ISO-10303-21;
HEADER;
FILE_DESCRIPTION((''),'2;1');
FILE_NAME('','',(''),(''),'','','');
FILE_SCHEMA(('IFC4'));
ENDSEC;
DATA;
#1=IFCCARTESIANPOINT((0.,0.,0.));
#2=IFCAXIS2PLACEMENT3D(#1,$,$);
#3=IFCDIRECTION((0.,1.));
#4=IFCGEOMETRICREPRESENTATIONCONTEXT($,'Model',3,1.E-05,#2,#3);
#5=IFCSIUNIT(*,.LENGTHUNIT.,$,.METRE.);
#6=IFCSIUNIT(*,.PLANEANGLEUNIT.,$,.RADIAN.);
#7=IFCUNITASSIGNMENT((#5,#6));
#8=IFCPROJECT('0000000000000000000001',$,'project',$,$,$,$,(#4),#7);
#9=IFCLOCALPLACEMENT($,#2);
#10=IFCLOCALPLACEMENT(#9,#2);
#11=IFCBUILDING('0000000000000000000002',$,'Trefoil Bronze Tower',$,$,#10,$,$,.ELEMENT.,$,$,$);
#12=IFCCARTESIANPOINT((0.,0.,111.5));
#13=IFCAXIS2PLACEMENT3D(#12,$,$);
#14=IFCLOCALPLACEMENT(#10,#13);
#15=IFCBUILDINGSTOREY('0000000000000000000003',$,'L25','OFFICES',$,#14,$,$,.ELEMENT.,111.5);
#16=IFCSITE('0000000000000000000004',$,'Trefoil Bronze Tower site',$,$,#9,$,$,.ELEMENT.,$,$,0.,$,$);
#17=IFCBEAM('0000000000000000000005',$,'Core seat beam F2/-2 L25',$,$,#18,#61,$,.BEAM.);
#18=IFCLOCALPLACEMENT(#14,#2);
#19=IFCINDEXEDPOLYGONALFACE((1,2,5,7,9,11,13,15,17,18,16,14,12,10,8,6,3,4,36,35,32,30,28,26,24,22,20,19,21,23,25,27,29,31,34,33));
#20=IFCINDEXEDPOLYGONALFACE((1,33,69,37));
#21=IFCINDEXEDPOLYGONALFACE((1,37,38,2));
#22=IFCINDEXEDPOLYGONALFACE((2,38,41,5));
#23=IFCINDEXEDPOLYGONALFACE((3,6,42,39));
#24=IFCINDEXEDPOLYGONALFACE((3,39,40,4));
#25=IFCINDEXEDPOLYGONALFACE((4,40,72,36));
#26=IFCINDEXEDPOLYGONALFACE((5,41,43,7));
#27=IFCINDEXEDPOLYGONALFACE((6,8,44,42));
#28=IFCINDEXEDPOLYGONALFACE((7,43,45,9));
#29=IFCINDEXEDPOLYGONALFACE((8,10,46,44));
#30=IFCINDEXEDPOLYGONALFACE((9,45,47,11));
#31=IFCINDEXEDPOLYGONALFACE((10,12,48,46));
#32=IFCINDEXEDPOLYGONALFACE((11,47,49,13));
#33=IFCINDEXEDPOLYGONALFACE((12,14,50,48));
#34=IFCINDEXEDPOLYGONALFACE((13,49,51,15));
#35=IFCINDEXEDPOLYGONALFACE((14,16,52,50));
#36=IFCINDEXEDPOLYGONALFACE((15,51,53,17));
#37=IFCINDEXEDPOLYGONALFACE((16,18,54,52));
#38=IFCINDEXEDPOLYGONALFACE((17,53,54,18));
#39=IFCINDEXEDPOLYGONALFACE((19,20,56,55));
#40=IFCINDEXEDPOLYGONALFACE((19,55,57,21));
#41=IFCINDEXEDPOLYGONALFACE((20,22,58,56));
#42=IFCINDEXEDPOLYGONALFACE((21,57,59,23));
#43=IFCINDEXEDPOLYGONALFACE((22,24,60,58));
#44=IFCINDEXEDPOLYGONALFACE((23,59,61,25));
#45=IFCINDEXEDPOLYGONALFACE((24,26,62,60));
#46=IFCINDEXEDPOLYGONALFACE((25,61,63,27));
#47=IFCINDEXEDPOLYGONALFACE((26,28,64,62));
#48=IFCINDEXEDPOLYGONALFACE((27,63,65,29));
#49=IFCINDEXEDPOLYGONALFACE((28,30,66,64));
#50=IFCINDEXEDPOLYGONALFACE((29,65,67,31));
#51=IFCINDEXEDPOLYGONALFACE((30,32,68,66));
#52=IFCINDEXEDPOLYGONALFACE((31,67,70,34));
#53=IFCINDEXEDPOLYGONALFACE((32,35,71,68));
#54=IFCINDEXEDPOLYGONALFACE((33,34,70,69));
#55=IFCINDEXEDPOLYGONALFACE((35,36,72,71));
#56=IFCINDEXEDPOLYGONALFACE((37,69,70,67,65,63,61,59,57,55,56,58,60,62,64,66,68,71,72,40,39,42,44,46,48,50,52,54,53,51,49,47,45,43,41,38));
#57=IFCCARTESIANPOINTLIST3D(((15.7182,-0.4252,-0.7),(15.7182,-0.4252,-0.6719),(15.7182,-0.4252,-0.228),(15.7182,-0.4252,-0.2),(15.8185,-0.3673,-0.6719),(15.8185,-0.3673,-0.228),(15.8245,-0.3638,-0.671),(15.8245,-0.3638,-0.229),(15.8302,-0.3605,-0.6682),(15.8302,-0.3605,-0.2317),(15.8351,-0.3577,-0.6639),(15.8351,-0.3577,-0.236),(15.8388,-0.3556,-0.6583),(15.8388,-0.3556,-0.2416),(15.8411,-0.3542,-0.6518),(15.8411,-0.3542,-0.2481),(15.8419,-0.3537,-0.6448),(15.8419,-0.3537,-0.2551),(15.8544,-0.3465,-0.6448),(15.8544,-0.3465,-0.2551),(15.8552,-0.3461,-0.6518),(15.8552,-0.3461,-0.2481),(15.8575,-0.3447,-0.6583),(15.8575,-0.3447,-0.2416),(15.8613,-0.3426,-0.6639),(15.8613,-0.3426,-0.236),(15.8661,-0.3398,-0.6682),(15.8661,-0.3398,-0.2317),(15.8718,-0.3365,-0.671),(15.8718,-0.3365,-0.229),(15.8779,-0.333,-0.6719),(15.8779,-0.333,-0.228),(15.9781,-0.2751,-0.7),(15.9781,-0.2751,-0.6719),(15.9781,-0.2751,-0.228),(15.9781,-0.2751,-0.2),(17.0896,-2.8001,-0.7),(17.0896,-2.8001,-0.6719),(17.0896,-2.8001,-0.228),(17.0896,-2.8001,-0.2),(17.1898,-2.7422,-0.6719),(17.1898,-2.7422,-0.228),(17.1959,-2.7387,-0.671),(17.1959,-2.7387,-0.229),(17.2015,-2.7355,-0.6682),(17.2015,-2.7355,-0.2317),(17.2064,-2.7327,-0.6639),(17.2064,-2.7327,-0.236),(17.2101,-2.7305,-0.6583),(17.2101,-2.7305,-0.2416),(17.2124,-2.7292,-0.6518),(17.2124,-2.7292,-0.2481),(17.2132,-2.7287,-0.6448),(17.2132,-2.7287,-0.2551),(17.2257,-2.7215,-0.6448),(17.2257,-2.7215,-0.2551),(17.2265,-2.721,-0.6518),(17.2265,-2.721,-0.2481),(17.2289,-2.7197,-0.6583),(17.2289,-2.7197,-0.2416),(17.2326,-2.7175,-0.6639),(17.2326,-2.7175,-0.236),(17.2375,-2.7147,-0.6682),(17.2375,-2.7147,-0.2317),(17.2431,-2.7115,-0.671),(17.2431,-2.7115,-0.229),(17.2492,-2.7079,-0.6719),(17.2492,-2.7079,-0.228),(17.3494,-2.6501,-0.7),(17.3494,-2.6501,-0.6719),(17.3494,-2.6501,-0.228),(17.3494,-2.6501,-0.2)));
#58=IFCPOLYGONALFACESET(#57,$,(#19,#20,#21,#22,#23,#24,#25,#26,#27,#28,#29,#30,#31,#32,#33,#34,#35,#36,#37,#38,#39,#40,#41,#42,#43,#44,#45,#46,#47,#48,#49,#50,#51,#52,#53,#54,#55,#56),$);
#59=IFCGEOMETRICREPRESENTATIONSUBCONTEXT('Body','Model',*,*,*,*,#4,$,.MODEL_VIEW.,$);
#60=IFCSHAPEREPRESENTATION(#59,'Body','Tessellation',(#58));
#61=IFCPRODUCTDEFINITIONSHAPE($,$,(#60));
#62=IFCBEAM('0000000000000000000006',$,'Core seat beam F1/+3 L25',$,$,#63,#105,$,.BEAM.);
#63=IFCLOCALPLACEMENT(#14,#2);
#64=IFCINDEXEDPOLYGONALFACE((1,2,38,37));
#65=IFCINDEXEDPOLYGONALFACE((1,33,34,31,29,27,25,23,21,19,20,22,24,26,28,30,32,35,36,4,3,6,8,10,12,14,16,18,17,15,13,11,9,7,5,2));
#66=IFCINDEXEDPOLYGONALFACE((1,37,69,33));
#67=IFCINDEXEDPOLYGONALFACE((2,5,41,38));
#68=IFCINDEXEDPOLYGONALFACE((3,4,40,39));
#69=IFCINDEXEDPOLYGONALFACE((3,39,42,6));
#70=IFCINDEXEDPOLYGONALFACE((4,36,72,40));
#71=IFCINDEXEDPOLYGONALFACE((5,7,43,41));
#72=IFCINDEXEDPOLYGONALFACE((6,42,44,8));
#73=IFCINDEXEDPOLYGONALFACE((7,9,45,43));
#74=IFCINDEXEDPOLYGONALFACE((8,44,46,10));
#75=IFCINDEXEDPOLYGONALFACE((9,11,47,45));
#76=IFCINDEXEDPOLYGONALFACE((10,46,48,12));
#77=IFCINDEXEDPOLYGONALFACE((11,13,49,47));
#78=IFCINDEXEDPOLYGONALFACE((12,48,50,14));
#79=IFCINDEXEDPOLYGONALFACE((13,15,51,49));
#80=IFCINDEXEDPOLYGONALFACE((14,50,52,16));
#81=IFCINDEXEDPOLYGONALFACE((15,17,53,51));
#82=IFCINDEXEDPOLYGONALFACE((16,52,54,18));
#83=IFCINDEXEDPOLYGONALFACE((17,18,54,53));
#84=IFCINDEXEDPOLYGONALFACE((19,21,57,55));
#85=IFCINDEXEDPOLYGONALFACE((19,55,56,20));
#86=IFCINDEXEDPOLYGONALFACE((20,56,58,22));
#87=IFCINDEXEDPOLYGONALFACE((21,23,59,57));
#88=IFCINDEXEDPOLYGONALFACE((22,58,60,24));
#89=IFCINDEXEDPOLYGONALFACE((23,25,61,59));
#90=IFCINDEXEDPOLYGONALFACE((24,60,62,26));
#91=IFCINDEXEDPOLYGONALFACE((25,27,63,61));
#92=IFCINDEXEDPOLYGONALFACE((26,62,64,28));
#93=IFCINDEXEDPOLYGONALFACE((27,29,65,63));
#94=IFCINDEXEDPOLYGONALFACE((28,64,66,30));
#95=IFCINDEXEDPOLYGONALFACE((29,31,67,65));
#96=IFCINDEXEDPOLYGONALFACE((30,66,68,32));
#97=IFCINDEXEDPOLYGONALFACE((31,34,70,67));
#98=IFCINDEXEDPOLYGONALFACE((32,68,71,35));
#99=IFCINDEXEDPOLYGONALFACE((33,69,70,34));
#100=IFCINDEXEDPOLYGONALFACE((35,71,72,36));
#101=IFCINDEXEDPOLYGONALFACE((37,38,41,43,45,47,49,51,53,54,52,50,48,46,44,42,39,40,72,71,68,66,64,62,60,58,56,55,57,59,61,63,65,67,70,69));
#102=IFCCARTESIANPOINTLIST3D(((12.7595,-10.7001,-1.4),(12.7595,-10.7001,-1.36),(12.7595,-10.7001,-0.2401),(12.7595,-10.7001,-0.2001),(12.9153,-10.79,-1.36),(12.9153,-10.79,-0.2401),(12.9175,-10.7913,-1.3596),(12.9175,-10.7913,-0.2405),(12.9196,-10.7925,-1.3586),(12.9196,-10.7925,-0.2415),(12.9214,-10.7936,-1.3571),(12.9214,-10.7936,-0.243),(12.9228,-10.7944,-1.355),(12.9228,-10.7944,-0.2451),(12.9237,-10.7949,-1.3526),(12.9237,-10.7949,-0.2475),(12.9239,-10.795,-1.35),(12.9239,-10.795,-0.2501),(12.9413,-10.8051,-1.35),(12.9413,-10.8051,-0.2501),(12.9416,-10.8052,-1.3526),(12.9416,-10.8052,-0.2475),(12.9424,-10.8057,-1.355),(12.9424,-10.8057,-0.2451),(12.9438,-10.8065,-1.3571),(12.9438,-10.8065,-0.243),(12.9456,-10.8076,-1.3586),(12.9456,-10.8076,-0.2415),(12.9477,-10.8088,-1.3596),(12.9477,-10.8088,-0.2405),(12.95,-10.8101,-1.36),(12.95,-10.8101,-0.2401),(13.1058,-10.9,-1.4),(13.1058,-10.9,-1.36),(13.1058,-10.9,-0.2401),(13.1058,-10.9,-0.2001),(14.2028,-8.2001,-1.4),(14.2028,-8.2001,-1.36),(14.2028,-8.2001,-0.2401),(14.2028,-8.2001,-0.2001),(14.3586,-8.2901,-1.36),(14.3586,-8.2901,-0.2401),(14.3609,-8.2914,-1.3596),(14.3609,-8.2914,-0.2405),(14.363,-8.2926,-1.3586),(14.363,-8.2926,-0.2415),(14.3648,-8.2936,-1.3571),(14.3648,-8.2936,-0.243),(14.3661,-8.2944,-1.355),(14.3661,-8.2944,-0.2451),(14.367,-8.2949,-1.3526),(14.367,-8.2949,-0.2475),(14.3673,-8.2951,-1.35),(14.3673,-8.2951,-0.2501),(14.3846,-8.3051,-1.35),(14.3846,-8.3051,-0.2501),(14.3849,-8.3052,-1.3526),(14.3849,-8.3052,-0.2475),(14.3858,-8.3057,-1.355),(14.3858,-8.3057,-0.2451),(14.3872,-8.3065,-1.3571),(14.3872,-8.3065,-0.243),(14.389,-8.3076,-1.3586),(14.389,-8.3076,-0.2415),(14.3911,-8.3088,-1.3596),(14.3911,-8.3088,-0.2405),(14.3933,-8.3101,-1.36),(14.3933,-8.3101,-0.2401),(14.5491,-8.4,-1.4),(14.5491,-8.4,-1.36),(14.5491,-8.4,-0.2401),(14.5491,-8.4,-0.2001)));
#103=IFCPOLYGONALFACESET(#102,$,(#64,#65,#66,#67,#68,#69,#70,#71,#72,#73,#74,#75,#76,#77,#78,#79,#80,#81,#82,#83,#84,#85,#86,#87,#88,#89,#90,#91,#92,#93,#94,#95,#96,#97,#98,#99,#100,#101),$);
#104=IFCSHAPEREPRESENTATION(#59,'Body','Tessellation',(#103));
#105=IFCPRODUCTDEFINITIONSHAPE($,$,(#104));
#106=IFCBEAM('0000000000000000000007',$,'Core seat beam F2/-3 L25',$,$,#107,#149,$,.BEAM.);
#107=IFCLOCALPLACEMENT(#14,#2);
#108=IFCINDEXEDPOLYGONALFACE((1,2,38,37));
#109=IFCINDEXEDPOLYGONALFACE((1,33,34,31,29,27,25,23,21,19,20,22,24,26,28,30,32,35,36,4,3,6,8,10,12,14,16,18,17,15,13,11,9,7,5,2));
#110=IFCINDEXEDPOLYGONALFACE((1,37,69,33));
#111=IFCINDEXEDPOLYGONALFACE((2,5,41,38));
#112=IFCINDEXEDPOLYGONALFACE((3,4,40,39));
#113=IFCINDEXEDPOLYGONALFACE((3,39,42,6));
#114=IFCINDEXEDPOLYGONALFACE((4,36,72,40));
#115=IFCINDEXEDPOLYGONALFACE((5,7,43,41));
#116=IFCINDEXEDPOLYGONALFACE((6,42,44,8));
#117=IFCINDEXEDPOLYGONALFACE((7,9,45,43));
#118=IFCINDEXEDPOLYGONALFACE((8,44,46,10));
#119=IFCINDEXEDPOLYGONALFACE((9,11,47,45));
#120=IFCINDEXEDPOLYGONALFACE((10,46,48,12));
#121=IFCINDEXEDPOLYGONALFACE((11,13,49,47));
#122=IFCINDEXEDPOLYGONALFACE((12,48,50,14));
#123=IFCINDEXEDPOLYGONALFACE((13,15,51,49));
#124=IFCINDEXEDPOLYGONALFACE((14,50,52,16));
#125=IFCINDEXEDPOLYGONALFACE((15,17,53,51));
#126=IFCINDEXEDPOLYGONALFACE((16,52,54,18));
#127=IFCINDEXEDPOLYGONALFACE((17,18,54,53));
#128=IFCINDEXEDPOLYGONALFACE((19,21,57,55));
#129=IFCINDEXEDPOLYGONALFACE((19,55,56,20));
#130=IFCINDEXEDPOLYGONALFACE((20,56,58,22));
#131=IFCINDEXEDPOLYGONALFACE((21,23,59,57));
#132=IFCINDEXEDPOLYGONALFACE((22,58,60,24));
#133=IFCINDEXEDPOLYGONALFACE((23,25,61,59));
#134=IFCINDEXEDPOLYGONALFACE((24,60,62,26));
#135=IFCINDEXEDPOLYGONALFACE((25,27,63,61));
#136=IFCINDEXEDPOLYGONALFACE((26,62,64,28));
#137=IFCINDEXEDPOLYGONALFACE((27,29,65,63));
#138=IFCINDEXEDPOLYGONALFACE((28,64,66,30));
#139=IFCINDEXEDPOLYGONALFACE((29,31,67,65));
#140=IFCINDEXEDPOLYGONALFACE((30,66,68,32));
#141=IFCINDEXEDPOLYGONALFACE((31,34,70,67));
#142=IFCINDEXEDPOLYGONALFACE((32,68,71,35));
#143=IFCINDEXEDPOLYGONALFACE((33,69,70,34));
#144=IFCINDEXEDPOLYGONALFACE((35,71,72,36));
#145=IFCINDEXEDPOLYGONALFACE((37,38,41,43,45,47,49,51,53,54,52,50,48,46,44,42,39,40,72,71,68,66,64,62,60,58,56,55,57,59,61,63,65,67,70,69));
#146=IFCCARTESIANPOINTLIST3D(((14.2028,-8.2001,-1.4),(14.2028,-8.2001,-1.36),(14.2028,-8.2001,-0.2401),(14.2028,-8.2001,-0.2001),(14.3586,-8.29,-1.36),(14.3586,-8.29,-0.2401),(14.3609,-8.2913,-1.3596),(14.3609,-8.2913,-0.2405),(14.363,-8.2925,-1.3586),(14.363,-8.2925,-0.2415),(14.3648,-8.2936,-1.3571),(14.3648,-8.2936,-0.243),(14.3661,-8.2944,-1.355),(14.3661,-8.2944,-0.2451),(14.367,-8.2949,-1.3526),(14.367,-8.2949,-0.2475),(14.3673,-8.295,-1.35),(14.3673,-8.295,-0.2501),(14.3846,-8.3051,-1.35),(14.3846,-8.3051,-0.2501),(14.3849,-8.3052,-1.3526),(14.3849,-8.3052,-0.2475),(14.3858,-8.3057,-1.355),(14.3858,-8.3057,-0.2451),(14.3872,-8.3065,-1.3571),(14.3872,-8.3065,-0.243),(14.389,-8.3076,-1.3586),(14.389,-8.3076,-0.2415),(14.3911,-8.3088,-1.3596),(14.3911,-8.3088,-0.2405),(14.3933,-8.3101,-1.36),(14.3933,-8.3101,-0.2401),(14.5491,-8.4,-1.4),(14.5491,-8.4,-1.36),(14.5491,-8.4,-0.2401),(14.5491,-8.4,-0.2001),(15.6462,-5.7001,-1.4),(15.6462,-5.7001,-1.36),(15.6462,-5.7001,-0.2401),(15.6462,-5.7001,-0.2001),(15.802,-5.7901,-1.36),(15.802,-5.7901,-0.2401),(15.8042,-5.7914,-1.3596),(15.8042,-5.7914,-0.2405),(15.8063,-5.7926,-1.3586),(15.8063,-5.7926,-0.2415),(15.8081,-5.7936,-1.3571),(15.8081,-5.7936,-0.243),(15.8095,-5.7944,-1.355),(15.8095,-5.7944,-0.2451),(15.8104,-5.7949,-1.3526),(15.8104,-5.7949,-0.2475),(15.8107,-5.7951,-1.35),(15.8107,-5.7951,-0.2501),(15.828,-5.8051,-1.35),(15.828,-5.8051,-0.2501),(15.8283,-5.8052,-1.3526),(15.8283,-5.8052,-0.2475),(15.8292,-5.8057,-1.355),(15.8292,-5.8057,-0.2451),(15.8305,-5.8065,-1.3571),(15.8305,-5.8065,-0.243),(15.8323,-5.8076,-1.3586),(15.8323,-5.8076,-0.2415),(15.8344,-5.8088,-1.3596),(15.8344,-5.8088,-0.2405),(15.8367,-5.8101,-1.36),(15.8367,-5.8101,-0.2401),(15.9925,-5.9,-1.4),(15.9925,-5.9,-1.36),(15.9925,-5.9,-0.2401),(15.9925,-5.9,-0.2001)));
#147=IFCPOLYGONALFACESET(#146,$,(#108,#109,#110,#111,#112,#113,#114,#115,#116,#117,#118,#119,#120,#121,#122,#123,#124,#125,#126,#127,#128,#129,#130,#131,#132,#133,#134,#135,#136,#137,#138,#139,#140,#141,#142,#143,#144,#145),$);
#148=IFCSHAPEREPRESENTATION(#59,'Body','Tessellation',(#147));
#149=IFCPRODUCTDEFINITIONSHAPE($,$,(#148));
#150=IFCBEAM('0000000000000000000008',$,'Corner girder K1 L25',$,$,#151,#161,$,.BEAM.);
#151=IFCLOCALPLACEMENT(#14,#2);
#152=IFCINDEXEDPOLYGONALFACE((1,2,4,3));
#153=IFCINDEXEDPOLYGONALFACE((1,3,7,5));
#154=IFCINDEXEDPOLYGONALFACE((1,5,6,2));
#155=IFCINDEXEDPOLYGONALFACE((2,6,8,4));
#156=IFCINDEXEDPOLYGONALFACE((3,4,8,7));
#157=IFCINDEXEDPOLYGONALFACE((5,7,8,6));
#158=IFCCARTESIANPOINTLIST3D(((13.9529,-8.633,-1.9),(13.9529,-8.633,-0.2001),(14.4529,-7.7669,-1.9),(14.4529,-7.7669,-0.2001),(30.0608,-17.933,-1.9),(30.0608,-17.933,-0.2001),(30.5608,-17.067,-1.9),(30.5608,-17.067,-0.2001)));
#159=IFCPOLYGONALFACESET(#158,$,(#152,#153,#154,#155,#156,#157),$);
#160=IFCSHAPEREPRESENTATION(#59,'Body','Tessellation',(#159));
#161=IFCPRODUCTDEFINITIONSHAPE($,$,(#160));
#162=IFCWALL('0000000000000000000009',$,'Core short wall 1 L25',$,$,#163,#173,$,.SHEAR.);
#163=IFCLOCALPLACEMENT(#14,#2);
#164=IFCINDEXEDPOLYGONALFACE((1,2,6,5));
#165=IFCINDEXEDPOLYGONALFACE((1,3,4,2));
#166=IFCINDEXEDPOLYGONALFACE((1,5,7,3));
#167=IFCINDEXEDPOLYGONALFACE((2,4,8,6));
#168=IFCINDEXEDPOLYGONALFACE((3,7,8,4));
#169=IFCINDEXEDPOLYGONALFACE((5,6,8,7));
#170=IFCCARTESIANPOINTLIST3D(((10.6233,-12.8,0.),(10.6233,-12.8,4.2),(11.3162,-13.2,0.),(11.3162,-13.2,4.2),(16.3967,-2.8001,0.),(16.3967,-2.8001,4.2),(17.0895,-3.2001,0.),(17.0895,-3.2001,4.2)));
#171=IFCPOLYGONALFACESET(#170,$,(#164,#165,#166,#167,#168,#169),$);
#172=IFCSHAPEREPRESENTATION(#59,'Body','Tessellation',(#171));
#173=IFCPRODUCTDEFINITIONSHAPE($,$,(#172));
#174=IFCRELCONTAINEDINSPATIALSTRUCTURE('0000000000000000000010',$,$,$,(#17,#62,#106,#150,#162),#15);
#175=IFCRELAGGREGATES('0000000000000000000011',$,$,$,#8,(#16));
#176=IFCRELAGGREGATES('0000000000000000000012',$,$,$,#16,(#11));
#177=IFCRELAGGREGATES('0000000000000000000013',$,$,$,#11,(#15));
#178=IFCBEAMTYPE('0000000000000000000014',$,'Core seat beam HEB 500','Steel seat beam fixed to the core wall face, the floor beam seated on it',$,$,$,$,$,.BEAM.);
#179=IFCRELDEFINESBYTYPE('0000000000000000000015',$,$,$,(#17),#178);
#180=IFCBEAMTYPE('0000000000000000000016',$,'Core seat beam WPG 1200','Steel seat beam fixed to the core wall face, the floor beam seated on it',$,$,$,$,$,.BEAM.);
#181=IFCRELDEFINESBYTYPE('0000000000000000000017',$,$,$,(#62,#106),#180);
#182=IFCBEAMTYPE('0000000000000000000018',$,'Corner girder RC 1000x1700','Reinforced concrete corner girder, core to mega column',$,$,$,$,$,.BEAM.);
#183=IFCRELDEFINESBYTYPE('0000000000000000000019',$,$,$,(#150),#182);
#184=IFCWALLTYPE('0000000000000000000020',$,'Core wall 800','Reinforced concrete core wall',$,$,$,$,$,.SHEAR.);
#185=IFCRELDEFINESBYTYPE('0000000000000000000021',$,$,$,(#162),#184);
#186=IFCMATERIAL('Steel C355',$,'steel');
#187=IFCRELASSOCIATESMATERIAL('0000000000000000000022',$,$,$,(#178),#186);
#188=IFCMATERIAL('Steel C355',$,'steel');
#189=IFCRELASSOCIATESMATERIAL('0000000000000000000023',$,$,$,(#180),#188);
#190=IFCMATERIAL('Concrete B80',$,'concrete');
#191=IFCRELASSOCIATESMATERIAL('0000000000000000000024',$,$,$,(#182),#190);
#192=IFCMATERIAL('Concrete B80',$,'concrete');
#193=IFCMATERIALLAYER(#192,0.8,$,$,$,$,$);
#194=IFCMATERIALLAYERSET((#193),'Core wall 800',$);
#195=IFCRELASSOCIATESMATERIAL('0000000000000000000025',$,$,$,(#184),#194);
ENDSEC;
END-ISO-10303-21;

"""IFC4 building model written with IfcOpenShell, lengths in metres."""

from ifc_helpers import new_model, si_unit, direction, frame, frame_2d, origin, origin_2d, place, context, subcontext, project, spatial, rectangle, i_section, extrude, material, layer, layer_set, material_profile, profile_set, type_object, element, save


model = new_model("IFC4")

# Units and contexts
model_context = context("Model", 3, precision=1e-05, world=origin(), true_north=direction((0.0, 1.0)))
body_context = subcontext(model_context, "Body", "Model", "MODEL_VIEW")
ifc_project = project(units=[si_unit("LENGTHUNIT", "METRE"), si_unit("PLANEANGLEUNIT", "RADIAN")], contexts=[model_context])

# Site, building, storey
site_placement = place(None, origin())
site = spatial("IfcSite", under=ifc_project, at=site_placement, Name="Trefoil Bronze Tower site", CompositionType="ELEMENT", RefElevation=0.0)
building_placement = place(site_placement, origin())
building = spatial("IfcBuilding", under=site, at=building_placement, Name="Trefoil Bronze Tower", CompositionType="ELEMENT")
storey_placement = place(building_placement, frame((0.0, 0.0, 111.5)))
storey = spatial("IfcBuildingStorey", under=building, at=storey_placement, Name="L25", Description="OFFICES", CompositionType="ELEMENT", Elevation=111.5)

# Beams
ifc_material_1 = material(Name="Steel C355", Category="steel")
ifc_material_profile_1 = material_profile(ifc_material_1, i_section(OverallWidth=0.3, OverallDepth=0.5, WebThickness=0.0144, FlangeThickness=0.0281, FilletRadius=0.0271, at=origin_2d()), Name="HEB 500")
ifc_profile_set_1 = profile_set([ifc_material_profile_1], Name="Steel C355")
beam_type_1 = type_object("IfcBeamType", Name="Core seat beam HEB 500", Description="Steel seat beam fixed to the core wall face, the floor beam seated on it", PredefinedType="BEAM", material=ifc_profile_set_1)
beam_1_placement = place(storey_placement, frame((17.2195, -2.7251, -0.45), z_axis=(-0.500036, 0.866005, 0.0), x_axis=(-0.866005, -0.500036, 0.0)))
element("IfcBeam", 1, at=beam_1_placement, inside=storey, type_object=beam_type_1, Name="Core seat beam F2/-2 L25", PredefinedType="BEAM", context=body_context, shape_type="SweptSolid", body=[
    extrude(i_section(OverallWidth=0.3, OverallDepth=0.5, WebThickness=0.0144, FlangeThickness=0.0281, FilletRadius=0.0271, at=origin_2d()), origin(), (0.0, 0.0, 1.0), 2.7424),
])
ifc_material_2 = material(Name="Steel C355", Category="steel")
ifc_material_profile_2 = material_profile(ifc_material_2, i_section(OverallWidth=0.3999, OverallDepth=1.2, WebThickness=0.02, FlangeThickness=0.04, FilletRadius=0.01, at=origin_2d()), Name="WPG 1200")
ifc_profile_set_2 = profile_set([ifc_material_profile_2], Name="Steel C355")
beam_type_2 = type_object("IfcBeamType", Name="Core seat beam WPG 1200", Description="Steel seat beam fixed to the core wall face, the floor beam seated on it", PredefinedType="BEAM", material=ifc_profile_set_2)
for number, where, z_axis, x_axis, name in (
    (2, (12.9326, -10.8, -0.8), (0.499996, 0.866028, 0.0), (-0.866028, 0.499996, 0.0), "Core seat beam F1/+3 L25"),
    (3, (14.376, -8.3, -0.8), (0.499996, 0.866028, 0.0), (-0.866028, 0.499996, 0.0), "Core seat beam F2/-3 L25"),
):
    element("IfcBeam", number, at=place(storey_placement, frame(where, z_axis=z_axis, x_axis=x_axis)), inside=storey, type_object=beam_type_2, Name=name, PredefinedType="BEAM", context=body_context, shape_type="SweptSolid", body=[
        extrude(i_section(OverallWidth=0.3999, OverallDepth=1.2, WebThickness=0.02, FlangeThickness=0.04, FilletRadius=0.01, at=origin_2d()), origin(), (0.0, 0.0, 1.0), 2.8867),
    ])
ifc_material_3 = material(Name="Concrete B80", Category="concrete")
ifc_material_profile_3 = material_profile(ifc_material_3, rectangle(XDim=1.0, YDim=1.7, at=origin_2d()), Name="RC 1000x1700")
ifc_profile_set_3 = profile_set([ifc_material_profile_3], Name="Concrete B80")
beam_type_3 = type_object("IfcBeamType", Name="Corner girder RC 1000x1700", Description="Reinforced concrete corner girder, core to mega column", PredefinedType="BEAM", material=ifc_profile_set_3)
beam_2_placement = place(storey_placement, frame((14.2029, -8.2, -1.05), z_axis=(0.866022, -0.500006, 0.0), x_axis=(0.500006, 0.866022, 0.0)))
element("IfcBeam", 4, at=beam_2_placement, inside=storey, type_object=beam_type_3, Name="Corner girder K1 L25", PredefinedType="BEAM", context=body_context, shape_type="SweptSolid", body=[
    extrude(rectangle(XDim=1.0, YDim=1.7, at=origin_2d()), origin(), (0.0, 0.0, 1.0), 18.5999),
])

# Wall
ifc_material_4 = material(Name="Concrete B80", Category="concrete")
ifc_layer_1 = layer(ifc_material_4, 0.8)
ifc_layer_set_1 = layer_set([ifc_layer_1], Name="Core wall 800")
wall_type_1 = type_object("IfcWallType", Name="Core wall 800", Description="Reinforced concrete core wall", PredefinedType="SHEAR", material=ifc_layer_set_1)
wall_1_placement = place(storey_placement, frame((10.9697, -13.0, 0.0), z_axis=(0.0, 0.0, 1.0), x_axis=(0.499996, 0.866028, 0.0)))
element("IfcWall", 5, at=wall_1_placement, inside=storey, type_object=wall_type_1, Name="Core short wall 1 L25", PredefinedType="SHEAR", context=body_context, shape_type="SweptSolid", body=[
    extrude(rectangle(XDim=11.5469, YDim=0.8, at=frame_2d((5.7734, 0.0))), origin(), (0.0, 0.0, 1.0), 4.2),
])

save(model, "model.ifc")
